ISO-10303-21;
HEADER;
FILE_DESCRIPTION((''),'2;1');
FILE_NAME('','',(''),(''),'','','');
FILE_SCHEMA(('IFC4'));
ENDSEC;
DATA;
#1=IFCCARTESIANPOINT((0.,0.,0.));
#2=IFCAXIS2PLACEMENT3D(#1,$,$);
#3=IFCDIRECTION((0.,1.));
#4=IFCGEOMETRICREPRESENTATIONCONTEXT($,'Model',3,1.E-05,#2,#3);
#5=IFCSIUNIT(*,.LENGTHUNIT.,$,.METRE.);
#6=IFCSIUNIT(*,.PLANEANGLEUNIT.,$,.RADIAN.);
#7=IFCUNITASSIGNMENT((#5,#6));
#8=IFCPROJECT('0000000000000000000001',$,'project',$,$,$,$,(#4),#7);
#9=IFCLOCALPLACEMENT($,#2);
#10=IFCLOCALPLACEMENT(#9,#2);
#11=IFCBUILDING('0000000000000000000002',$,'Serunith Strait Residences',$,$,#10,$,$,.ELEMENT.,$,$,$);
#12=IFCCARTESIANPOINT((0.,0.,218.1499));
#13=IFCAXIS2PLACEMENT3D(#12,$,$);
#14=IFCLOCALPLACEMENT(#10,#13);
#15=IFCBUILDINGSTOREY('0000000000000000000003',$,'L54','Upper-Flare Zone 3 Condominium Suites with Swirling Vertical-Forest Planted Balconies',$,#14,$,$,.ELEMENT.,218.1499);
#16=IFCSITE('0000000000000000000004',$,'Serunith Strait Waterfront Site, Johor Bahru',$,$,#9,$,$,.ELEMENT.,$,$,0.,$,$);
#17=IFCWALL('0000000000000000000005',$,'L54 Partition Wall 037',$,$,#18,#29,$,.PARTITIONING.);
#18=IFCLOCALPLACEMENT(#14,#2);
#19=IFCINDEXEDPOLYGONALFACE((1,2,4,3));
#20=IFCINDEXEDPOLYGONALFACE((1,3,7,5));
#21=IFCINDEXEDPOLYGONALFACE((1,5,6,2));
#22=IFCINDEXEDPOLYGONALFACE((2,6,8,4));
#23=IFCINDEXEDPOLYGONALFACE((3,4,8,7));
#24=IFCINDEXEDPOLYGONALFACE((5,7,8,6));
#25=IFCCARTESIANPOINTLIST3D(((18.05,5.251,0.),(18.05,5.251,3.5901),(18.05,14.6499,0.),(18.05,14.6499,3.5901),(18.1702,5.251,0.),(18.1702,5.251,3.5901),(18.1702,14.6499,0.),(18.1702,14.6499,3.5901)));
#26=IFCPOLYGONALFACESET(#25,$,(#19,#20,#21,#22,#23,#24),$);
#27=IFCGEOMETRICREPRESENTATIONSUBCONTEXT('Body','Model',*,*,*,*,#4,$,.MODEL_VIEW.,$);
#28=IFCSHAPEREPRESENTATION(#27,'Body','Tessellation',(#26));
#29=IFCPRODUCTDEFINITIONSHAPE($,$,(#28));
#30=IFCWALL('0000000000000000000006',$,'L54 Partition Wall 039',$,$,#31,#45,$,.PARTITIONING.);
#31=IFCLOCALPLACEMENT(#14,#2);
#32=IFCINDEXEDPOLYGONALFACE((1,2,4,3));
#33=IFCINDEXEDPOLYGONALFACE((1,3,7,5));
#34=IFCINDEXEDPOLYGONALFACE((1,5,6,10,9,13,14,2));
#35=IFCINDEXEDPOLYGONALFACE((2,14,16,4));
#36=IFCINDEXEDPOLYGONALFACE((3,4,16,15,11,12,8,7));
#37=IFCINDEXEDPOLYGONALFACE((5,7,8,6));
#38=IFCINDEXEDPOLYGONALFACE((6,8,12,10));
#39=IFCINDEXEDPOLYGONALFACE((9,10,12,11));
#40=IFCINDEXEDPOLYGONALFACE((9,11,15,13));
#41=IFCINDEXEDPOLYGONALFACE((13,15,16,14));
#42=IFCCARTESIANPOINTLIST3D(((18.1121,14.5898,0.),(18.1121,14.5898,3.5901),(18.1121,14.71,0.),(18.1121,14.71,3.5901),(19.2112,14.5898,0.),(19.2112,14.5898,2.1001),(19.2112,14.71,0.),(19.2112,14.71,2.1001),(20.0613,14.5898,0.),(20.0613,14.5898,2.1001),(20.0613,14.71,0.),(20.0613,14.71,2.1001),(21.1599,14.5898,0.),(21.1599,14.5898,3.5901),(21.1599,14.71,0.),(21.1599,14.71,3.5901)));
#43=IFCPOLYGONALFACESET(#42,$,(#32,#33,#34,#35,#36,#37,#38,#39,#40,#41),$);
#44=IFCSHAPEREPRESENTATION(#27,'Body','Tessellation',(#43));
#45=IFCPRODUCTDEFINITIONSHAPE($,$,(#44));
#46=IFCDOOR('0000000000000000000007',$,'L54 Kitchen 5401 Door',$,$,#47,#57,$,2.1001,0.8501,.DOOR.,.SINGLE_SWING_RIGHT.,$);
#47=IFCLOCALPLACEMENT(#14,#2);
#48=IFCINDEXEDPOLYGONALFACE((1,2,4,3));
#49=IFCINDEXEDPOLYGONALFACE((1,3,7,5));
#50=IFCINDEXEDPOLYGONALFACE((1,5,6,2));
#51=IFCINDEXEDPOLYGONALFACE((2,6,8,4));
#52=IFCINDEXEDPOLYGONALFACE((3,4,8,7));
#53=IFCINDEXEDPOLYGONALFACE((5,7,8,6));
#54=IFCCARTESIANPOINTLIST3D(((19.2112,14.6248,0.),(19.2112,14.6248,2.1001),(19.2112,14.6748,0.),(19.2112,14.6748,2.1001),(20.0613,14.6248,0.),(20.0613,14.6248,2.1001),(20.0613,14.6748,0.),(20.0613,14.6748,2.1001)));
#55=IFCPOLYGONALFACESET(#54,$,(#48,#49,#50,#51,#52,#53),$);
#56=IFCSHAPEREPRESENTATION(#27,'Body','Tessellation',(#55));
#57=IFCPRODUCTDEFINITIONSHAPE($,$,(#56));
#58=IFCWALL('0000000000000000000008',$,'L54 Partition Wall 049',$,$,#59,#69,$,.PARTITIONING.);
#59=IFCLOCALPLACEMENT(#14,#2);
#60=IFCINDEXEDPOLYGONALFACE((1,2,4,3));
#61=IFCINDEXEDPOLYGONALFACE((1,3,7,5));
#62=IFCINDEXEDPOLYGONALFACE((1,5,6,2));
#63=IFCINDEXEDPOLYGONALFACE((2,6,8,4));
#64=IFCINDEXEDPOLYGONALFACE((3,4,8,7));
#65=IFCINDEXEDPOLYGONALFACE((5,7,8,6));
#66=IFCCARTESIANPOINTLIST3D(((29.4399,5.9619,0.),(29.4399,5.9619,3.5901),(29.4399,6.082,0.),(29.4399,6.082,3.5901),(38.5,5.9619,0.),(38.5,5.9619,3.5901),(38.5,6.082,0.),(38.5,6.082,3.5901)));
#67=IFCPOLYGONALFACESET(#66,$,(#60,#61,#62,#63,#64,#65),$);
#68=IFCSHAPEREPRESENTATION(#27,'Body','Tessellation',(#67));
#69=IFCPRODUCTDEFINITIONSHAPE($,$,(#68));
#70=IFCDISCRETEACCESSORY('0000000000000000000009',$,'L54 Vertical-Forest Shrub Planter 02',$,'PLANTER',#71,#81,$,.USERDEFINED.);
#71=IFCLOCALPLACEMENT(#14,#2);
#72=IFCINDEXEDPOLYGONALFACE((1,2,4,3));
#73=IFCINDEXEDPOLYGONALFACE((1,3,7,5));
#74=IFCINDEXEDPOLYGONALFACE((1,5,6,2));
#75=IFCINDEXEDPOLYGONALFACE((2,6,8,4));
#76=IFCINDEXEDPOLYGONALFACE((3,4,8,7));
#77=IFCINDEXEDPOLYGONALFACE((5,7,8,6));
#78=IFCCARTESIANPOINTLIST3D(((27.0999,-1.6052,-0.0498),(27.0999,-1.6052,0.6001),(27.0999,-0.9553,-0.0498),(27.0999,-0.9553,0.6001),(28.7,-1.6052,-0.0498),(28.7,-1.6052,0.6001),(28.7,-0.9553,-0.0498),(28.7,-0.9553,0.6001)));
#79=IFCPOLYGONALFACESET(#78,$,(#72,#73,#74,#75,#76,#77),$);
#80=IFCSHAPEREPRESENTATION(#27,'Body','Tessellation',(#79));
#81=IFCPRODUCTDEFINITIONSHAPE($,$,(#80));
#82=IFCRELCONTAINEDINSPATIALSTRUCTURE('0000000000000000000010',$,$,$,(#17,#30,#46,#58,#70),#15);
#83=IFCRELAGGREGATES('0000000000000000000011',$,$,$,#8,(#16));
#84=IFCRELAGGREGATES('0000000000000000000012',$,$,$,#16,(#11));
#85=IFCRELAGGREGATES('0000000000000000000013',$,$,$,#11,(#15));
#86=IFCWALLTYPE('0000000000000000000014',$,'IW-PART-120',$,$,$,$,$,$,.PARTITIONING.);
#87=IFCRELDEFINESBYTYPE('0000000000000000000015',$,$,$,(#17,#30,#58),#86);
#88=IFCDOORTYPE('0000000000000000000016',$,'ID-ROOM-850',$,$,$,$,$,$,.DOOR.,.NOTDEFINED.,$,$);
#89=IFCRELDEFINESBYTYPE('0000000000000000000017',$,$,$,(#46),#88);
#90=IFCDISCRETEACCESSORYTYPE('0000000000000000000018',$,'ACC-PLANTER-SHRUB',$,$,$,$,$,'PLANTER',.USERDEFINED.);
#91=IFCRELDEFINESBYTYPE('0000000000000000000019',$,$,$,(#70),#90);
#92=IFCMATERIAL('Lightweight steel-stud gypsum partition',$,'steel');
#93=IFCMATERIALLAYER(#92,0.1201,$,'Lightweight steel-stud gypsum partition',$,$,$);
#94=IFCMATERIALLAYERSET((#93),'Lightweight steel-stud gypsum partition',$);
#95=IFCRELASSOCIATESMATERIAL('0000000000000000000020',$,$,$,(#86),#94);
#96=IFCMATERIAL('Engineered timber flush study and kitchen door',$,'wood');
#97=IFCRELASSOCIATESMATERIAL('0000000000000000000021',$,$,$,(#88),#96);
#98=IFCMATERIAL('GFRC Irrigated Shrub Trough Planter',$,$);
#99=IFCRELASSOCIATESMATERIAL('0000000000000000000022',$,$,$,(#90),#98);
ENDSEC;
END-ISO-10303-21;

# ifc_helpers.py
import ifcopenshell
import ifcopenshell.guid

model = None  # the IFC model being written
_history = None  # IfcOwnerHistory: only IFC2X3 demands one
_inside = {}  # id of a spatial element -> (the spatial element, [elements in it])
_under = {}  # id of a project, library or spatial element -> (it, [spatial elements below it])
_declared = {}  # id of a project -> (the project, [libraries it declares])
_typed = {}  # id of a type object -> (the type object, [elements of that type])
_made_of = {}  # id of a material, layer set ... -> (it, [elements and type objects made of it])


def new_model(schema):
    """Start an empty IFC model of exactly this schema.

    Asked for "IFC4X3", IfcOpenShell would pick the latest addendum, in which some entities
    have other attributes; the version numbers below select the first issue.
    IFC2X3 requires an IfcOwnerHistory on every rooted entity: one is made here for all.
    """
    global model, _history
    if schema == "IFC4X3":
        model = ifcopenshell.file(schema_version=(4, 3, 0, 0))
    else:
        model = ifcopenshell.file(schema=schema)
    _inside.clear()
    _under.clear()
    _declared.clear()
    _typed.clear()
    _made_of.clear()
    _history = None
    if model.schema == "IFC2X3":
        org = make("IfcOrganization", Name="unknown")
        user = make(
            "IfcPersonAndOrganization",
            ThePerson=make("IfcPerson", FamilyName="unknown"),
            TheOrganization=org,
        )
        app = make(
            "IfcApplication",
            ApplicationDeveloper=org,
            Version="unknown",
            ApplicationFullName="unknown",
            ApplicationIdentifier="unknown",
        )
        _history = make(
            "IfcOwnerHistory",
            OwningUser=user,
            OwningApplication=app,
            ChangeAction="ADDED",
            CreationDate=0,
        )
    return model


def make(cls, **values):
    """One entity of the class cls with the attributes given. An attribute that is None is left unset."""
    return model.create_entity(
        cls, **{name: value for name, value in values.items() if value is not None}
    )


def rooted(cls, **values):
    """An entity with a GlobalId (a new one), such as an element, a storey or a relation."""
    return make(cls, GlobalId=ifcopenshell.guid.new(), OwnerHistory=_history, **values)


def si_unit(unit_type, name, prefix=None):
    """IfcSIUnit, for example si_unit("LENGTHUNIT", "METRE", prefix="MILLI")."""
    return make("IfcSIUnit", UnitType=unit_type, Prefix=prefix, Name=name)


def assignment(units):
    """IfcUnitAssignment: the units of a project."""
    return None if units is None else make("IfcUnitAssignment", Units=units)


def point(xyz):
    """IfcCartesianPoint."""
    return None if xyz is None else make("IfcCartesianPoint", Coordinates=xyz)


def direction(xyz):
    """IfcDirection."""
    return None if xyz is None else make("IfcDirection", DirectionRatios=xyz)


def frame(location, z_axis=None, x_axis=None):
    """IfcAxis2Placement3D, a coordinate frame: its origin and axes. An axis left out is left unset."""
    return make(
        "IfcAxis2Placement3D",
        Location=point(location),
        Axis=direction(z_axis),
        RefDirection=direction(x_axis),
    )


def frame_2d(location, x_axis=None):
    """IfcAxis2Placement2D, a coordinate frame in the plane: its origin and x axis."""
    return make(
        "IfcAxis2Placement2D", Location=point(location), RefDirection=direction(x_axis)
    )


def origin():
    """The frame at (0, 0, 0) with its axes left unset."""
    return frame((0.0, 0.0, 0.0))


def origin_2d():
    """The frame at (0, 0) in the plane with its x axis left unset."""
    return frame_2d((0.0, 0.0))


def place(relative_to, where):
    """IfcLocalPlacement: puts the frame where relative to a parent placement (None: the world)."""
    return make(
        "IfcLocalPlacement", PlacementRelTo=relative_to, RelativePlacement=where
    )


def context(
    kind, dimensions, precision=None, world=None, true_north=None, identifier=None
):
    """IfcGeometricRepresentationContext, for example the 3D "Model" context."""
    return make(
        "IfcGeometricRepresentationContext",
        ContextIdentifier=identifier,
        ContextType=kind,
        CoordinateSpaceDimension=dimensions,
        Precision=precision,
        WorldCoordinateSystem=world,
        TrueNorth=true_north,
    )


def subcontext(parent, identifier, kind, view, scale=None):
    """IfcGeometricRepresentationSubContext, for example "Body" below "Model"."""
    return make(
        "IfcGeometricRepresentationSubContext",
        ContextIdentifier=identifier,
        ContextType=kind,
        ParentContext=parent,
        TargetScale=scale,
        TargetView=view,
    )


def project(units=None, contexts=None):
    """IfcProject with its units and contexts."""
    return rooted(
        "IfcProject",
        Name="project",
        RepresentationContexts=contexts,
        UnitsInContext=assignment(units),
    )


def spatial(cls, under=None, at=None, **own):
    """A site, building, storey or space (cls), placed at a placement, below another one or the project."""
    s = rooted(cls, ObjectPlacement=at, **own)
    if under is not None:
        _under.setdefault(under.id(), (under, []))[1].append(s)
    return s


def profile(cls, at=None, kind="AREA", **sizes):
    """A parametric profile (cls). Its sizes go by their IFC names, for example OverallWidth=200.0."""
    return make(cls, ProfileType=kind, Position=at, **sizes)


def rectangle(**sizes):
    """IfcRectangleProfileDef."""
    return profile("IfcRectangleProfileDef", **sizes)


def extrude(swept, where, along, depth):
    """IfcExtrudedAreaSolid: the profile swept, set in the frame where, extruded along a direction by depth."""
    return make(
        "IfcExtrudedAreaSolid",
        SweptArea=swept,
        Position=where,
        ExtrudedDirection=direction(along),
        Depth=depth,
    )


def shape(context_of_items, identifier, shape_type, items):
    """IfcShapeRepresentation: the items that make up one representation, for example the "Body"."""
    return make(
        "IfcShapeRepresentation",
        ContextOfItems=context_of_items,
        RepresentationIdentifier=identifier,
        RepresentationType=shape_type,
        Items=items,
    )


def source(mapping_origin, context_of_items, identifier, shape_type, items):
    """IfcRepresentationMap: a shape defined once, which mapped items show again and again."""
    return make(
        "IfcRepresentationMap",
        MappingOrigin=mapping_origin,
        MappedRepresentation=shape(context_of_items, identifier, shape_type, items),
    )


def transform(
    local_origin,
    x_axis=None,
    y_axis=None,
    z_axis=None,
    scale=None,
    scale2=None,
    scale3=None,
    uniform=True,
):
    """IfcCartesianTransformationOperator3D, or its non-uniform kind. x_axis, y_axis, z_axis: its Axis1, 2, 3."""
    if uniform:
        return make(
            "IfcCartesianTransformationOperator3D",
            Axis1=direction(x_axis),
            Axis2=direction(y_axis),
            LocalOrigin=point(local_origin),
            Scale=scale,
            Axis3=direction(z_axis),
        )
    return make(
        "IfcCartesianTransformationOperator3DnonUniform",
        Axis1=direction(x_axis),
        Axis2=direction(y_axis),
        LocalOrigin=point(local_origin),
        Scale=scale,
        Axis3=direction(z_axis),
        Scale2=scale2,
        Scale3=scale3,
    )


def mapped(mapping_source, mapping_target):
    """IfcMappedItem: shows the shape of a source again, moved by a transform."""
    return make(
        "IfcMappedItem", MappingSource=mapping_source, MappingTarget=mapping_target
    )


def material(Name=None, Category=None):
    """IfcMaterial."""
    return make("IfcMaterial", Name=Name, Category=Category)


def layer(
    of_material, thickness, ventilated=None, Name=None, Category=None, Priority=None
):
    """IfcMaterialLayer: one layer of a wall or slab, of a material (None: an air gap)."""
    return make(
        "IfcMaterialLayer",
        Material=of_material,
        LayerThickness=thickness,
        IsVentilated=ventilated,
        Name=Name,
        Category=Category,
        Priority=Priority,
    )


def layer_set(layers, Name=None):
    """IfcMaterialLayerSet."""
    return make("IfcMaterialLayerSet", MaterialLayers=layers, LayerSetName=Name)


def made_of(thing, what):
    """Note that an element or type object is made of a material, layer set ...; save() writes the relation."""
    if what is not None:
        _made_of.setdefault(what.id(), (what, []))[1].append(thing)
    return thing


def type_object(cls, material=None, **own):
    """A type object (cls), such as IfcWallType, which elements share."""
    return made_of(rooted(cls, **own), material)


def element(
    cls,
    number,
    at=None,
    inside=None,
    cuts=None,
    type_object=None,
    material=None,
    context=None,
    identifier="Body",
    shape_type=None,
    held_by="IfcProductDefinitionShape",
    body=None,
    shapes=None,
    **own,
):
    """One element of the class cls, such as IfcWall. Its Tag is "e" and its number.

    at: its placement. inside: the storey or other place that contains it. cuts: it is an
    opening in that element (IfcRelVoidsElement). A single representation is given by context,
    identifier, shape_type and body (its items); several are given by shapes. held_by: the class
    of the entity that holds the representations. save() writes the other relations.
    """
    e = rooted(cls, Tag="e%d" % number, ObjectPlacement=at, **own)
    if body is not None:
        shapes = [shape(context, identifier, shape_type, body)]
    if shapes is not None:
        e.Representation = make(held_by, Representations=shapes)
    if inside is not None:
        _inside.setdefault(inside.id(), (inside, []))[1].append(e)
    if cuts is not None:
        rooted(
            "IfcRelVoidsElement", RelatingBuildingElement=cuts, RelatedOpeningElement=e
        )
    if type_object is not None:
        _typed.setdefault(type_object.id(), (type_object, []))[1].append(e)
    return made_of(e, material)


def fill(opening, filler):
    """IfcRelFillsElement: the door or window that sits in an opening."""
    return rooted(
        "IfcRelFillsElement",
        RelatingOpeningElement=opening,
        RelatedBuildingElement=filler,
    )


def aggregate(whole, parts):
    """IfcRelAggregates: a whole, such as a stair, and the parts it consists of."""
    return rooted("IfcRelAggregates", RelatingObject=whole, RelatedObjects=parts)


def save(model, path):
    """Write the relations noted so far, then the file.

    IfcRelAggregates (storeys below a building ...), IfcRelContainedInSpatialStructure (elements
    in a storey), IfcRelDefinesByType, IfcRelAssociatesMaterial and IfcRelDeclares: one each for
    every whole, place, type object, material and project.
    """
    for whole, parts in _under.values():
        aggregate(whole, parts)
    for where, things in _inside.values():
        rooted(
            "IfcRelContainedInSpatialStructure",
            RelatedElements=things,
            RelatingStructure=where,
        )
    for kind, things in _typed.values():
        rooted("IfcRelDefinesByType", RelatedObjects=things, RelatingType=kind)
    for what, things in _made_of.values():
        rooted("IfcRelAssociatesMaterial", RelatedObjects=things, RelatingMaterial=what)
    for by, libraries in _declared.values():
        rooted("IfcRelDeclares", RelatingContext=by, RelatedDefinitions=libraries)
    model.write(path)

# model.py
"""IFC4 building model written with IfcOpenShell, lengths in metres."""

from ifc_helpers import new_model, si_unit, direction, frame, frame_2d, origin, origin_2d, place, context, subcontext, project, spatial, rectangle, extrude, source, transform, mapped, material, layer, layer_set, type_object, element, fill, save


model = new_model("IFC4")

# Units and contexts
model_context = context("Model", 3, precision=1e-05, world=origin(), true_north=direction((0.0, 1.0)))
body_context = subcontext(model_context, "Body", "Model", "MODEL_VIEW")
ifc_project = project(units=[si_unit("LENGTHUNIT", "METRE"), si_unit("PLANEANGLEUNIT", "RADIAN")], contexts=[model_context])

# Site, building, storey
site_placement = place(None, origin())
site = spatial("IfcSite", under=ifc_project, at=site_placement, Name="Serunith Strait Waterfront Site, Johor Bahru", CompositionType="ELEMENT", RefElevation=0.0)
building_placement = place(site_placement, origin())
building = spatial("IfcBuilding", under=site, at=building_placement, Name="Serunith Strait Residences", CompositionType="ELEMENT")
storey_placement = place(building_placement, frame((0.0, 0.0, 218.1499)))
storey = spatial("IfcBuildingStorey", under=building, at=storey_placement, Name="L54", Description="Upper-Flare Zone 3 Condominium Suites with Swirling Vertical-Forest Planted Balconies", CompositionType="ELEMENT", Elevation=218.1499)

# Shared definitions
ifc_material_1 = material(Name="Lightweight steel-stud gypsum partition", Category="steel")
ifc_layer_1 = layer(ifc_material_1, 0.1201, Name="Lightweight steel-stud gypsum partition")
ifc_layer_set_1 = layer_set([ifc_layer_1], Name="Lightweight steel-stud gypsum partition")
wall_type = type_object("IfcWallType", Name="IW-PART-120", PredefinedType="PARTITIONING", material=ifc_layer_set_1)

# Wall
wall_1_placement = place(storey_placement, frame((18.1101, 5.251, 0.0), z_axis=(0.0, 0.0, 1.0), x_axis=(0.0, 1.0, 0.0)))
element("IfcWall", 1, at=wall_1_placement, inside=storey, type_object=wall_type, Name="L54 Partition Wall 037", PredefinedType="PARTITIONING", context=body_context, shape_type="SweptSolid", body=[
    extrude(rectangle(XDim=9.3989, YDim=0.1201, at=frame_2d((4.6995, 0.0))), origin(), (0.0, 0.0, 1.0), 3.5901),
])

# Wall, opening, door
wall_2_placement = place(storey_placement, frame((18.1121, 14.6499, 0.0), z_axis=(0.0, 0.0, 1.0), x_axis=(1.0, 0.0, 0.0)))
wall_2 = element("IfcWall", 2, at=wall_2_placement, inside=storey, type_object=wall_type, Name="L54 Partition Wall 039", PredefinedType="PARTITIONING", context=body_context, shape_type="SweptSolid", body=[
    extrude(rectangle(XDim=3.0479, YDim=0.1201, at=frame_2d((1.5239, 0.0))), origin(), (0.0, 0.0, 1.0), 3.5901),
])
opening_1_placement = place(wall_2_placement, frame((1.0991, 0.0, 0.0)))
opening_1 = element("IfcOpeningElement", 3, at=opening_1_placement, cuts=wall_2, PredefinedType="OPENING", context=body_context, shape_type="SweptSolid", body=[
    extrude(rectangle(XDim=0.8501, YDim=2.1001, at=frame_2d((0.425, 1.05))), frame((0.0, 0.0701, 0.0), z_axis=(0.0, -1.0, 0.0), x_axis=(1.0, 0.0, 0.0)), (0.0, 0.0, 1.0), 0.1401),
])
ifc_material_2 = material(Name="Engineered timber flush study and kitchen door", Category="wood")
door_type_1 = type_object("IfcDoorType", Name="ID-ROOM-850", OperationType="NOTDEFINED", PredefinedType="DOOR", material=ifc_material_2)
shared_shape_1 = source(origin(), body_context, "Body", "SweptSolid", [
    extrude(rectangle(XDim=0.8501, YDim=2.1001, at=frame_2d((0.425, 1.05))), frame((0.0, 0.0249, 0.0), z_axis=(0.0, -1.0, 0.0), x_axis=(1.0, 0.0, 0.0)), (0.0, 0.0, 1.0), 0.05),
])
door_1_placement = place(opening_1_placement, origin())
door_1 = element("IfcDoor", 4, at=door_1_placement, inside=storey, type_object=door_type_1, Name="L54 Kitchen 5401 Door", OperationType="SINGLE_SWING_RIGHT", OverallHeight=2.1001, OverallWidth=0.8501, PredefinedType="DOOR", context=body_context, shape_type="MappedRepresentation", body=[
    mapped(shared_shape_1, transform((0.0, 0.0, 0.0), scale=1.0)),
])
fill(opening_1, door_1)

# Wall
wall_3_placement = place(storey_placement, frame((29.4399, 6.022, 0.0), z_axis=(0.0, 0.0, 1.0), x_axis=(1.0, 0.0, 0.0)))
element("IfcWall", 5, at=wall_3_placement, inside=storey, type_object=wall_type, Name="L54 Partition Wall 049", PredefinedType="PARTITIONING", context=body_context, shape_type="SweptSolid", body=[
    extrude(rectangle(XDim=9.0601, YDim=0.1201, at=frame_2d((4.53, 0.0))), origin(), (0.0, 0.0, 1.0), 3.5901),
])

# Discrete accessory
ifc_material_3 = material(Name="GFRC Irrigated Shrub Trough Planter")
discrete_accessory_type = type_object("IfcDiscreteAccessoryType", Name="ACC-PLANTER-SHRUB", ElementType="PLANTER", PredefinedType="USERDEFINED", material=ifc_material_3)
shared_shape_2 = source(origin(), body_context, "Body", "SweptSolid", [
    extrude(rectangle(XDim=1.6001, YDim=0.6499, at=origin_2d()), origin(), (0.0, 0.0, 1.0), 0.6499),
])
discrete_accessory_placement = place(storey_placement, frame((27.8999, -1.2803, -0.0498), z_axis=(0.0, 0.0, 1.0), x_axis=(1.0, 0.0, 0.0)))
element("IfcDiscreteAccessory", 6, at=discrete_accessory_placement, inside=storey, type_object=discrete_accessory_type, Name="L54 Vertical-Forest Shrub Planter 02", ObjectType="PLANTER", PredefinedType="USERDEFINED", context=body_context, shape_type="MappedRepresentation", body=[
    mapped(shared_shape_2, transform((0.0, 0.0, 0.0), scale=1.0)),
])

save(model, "model.ifc")
